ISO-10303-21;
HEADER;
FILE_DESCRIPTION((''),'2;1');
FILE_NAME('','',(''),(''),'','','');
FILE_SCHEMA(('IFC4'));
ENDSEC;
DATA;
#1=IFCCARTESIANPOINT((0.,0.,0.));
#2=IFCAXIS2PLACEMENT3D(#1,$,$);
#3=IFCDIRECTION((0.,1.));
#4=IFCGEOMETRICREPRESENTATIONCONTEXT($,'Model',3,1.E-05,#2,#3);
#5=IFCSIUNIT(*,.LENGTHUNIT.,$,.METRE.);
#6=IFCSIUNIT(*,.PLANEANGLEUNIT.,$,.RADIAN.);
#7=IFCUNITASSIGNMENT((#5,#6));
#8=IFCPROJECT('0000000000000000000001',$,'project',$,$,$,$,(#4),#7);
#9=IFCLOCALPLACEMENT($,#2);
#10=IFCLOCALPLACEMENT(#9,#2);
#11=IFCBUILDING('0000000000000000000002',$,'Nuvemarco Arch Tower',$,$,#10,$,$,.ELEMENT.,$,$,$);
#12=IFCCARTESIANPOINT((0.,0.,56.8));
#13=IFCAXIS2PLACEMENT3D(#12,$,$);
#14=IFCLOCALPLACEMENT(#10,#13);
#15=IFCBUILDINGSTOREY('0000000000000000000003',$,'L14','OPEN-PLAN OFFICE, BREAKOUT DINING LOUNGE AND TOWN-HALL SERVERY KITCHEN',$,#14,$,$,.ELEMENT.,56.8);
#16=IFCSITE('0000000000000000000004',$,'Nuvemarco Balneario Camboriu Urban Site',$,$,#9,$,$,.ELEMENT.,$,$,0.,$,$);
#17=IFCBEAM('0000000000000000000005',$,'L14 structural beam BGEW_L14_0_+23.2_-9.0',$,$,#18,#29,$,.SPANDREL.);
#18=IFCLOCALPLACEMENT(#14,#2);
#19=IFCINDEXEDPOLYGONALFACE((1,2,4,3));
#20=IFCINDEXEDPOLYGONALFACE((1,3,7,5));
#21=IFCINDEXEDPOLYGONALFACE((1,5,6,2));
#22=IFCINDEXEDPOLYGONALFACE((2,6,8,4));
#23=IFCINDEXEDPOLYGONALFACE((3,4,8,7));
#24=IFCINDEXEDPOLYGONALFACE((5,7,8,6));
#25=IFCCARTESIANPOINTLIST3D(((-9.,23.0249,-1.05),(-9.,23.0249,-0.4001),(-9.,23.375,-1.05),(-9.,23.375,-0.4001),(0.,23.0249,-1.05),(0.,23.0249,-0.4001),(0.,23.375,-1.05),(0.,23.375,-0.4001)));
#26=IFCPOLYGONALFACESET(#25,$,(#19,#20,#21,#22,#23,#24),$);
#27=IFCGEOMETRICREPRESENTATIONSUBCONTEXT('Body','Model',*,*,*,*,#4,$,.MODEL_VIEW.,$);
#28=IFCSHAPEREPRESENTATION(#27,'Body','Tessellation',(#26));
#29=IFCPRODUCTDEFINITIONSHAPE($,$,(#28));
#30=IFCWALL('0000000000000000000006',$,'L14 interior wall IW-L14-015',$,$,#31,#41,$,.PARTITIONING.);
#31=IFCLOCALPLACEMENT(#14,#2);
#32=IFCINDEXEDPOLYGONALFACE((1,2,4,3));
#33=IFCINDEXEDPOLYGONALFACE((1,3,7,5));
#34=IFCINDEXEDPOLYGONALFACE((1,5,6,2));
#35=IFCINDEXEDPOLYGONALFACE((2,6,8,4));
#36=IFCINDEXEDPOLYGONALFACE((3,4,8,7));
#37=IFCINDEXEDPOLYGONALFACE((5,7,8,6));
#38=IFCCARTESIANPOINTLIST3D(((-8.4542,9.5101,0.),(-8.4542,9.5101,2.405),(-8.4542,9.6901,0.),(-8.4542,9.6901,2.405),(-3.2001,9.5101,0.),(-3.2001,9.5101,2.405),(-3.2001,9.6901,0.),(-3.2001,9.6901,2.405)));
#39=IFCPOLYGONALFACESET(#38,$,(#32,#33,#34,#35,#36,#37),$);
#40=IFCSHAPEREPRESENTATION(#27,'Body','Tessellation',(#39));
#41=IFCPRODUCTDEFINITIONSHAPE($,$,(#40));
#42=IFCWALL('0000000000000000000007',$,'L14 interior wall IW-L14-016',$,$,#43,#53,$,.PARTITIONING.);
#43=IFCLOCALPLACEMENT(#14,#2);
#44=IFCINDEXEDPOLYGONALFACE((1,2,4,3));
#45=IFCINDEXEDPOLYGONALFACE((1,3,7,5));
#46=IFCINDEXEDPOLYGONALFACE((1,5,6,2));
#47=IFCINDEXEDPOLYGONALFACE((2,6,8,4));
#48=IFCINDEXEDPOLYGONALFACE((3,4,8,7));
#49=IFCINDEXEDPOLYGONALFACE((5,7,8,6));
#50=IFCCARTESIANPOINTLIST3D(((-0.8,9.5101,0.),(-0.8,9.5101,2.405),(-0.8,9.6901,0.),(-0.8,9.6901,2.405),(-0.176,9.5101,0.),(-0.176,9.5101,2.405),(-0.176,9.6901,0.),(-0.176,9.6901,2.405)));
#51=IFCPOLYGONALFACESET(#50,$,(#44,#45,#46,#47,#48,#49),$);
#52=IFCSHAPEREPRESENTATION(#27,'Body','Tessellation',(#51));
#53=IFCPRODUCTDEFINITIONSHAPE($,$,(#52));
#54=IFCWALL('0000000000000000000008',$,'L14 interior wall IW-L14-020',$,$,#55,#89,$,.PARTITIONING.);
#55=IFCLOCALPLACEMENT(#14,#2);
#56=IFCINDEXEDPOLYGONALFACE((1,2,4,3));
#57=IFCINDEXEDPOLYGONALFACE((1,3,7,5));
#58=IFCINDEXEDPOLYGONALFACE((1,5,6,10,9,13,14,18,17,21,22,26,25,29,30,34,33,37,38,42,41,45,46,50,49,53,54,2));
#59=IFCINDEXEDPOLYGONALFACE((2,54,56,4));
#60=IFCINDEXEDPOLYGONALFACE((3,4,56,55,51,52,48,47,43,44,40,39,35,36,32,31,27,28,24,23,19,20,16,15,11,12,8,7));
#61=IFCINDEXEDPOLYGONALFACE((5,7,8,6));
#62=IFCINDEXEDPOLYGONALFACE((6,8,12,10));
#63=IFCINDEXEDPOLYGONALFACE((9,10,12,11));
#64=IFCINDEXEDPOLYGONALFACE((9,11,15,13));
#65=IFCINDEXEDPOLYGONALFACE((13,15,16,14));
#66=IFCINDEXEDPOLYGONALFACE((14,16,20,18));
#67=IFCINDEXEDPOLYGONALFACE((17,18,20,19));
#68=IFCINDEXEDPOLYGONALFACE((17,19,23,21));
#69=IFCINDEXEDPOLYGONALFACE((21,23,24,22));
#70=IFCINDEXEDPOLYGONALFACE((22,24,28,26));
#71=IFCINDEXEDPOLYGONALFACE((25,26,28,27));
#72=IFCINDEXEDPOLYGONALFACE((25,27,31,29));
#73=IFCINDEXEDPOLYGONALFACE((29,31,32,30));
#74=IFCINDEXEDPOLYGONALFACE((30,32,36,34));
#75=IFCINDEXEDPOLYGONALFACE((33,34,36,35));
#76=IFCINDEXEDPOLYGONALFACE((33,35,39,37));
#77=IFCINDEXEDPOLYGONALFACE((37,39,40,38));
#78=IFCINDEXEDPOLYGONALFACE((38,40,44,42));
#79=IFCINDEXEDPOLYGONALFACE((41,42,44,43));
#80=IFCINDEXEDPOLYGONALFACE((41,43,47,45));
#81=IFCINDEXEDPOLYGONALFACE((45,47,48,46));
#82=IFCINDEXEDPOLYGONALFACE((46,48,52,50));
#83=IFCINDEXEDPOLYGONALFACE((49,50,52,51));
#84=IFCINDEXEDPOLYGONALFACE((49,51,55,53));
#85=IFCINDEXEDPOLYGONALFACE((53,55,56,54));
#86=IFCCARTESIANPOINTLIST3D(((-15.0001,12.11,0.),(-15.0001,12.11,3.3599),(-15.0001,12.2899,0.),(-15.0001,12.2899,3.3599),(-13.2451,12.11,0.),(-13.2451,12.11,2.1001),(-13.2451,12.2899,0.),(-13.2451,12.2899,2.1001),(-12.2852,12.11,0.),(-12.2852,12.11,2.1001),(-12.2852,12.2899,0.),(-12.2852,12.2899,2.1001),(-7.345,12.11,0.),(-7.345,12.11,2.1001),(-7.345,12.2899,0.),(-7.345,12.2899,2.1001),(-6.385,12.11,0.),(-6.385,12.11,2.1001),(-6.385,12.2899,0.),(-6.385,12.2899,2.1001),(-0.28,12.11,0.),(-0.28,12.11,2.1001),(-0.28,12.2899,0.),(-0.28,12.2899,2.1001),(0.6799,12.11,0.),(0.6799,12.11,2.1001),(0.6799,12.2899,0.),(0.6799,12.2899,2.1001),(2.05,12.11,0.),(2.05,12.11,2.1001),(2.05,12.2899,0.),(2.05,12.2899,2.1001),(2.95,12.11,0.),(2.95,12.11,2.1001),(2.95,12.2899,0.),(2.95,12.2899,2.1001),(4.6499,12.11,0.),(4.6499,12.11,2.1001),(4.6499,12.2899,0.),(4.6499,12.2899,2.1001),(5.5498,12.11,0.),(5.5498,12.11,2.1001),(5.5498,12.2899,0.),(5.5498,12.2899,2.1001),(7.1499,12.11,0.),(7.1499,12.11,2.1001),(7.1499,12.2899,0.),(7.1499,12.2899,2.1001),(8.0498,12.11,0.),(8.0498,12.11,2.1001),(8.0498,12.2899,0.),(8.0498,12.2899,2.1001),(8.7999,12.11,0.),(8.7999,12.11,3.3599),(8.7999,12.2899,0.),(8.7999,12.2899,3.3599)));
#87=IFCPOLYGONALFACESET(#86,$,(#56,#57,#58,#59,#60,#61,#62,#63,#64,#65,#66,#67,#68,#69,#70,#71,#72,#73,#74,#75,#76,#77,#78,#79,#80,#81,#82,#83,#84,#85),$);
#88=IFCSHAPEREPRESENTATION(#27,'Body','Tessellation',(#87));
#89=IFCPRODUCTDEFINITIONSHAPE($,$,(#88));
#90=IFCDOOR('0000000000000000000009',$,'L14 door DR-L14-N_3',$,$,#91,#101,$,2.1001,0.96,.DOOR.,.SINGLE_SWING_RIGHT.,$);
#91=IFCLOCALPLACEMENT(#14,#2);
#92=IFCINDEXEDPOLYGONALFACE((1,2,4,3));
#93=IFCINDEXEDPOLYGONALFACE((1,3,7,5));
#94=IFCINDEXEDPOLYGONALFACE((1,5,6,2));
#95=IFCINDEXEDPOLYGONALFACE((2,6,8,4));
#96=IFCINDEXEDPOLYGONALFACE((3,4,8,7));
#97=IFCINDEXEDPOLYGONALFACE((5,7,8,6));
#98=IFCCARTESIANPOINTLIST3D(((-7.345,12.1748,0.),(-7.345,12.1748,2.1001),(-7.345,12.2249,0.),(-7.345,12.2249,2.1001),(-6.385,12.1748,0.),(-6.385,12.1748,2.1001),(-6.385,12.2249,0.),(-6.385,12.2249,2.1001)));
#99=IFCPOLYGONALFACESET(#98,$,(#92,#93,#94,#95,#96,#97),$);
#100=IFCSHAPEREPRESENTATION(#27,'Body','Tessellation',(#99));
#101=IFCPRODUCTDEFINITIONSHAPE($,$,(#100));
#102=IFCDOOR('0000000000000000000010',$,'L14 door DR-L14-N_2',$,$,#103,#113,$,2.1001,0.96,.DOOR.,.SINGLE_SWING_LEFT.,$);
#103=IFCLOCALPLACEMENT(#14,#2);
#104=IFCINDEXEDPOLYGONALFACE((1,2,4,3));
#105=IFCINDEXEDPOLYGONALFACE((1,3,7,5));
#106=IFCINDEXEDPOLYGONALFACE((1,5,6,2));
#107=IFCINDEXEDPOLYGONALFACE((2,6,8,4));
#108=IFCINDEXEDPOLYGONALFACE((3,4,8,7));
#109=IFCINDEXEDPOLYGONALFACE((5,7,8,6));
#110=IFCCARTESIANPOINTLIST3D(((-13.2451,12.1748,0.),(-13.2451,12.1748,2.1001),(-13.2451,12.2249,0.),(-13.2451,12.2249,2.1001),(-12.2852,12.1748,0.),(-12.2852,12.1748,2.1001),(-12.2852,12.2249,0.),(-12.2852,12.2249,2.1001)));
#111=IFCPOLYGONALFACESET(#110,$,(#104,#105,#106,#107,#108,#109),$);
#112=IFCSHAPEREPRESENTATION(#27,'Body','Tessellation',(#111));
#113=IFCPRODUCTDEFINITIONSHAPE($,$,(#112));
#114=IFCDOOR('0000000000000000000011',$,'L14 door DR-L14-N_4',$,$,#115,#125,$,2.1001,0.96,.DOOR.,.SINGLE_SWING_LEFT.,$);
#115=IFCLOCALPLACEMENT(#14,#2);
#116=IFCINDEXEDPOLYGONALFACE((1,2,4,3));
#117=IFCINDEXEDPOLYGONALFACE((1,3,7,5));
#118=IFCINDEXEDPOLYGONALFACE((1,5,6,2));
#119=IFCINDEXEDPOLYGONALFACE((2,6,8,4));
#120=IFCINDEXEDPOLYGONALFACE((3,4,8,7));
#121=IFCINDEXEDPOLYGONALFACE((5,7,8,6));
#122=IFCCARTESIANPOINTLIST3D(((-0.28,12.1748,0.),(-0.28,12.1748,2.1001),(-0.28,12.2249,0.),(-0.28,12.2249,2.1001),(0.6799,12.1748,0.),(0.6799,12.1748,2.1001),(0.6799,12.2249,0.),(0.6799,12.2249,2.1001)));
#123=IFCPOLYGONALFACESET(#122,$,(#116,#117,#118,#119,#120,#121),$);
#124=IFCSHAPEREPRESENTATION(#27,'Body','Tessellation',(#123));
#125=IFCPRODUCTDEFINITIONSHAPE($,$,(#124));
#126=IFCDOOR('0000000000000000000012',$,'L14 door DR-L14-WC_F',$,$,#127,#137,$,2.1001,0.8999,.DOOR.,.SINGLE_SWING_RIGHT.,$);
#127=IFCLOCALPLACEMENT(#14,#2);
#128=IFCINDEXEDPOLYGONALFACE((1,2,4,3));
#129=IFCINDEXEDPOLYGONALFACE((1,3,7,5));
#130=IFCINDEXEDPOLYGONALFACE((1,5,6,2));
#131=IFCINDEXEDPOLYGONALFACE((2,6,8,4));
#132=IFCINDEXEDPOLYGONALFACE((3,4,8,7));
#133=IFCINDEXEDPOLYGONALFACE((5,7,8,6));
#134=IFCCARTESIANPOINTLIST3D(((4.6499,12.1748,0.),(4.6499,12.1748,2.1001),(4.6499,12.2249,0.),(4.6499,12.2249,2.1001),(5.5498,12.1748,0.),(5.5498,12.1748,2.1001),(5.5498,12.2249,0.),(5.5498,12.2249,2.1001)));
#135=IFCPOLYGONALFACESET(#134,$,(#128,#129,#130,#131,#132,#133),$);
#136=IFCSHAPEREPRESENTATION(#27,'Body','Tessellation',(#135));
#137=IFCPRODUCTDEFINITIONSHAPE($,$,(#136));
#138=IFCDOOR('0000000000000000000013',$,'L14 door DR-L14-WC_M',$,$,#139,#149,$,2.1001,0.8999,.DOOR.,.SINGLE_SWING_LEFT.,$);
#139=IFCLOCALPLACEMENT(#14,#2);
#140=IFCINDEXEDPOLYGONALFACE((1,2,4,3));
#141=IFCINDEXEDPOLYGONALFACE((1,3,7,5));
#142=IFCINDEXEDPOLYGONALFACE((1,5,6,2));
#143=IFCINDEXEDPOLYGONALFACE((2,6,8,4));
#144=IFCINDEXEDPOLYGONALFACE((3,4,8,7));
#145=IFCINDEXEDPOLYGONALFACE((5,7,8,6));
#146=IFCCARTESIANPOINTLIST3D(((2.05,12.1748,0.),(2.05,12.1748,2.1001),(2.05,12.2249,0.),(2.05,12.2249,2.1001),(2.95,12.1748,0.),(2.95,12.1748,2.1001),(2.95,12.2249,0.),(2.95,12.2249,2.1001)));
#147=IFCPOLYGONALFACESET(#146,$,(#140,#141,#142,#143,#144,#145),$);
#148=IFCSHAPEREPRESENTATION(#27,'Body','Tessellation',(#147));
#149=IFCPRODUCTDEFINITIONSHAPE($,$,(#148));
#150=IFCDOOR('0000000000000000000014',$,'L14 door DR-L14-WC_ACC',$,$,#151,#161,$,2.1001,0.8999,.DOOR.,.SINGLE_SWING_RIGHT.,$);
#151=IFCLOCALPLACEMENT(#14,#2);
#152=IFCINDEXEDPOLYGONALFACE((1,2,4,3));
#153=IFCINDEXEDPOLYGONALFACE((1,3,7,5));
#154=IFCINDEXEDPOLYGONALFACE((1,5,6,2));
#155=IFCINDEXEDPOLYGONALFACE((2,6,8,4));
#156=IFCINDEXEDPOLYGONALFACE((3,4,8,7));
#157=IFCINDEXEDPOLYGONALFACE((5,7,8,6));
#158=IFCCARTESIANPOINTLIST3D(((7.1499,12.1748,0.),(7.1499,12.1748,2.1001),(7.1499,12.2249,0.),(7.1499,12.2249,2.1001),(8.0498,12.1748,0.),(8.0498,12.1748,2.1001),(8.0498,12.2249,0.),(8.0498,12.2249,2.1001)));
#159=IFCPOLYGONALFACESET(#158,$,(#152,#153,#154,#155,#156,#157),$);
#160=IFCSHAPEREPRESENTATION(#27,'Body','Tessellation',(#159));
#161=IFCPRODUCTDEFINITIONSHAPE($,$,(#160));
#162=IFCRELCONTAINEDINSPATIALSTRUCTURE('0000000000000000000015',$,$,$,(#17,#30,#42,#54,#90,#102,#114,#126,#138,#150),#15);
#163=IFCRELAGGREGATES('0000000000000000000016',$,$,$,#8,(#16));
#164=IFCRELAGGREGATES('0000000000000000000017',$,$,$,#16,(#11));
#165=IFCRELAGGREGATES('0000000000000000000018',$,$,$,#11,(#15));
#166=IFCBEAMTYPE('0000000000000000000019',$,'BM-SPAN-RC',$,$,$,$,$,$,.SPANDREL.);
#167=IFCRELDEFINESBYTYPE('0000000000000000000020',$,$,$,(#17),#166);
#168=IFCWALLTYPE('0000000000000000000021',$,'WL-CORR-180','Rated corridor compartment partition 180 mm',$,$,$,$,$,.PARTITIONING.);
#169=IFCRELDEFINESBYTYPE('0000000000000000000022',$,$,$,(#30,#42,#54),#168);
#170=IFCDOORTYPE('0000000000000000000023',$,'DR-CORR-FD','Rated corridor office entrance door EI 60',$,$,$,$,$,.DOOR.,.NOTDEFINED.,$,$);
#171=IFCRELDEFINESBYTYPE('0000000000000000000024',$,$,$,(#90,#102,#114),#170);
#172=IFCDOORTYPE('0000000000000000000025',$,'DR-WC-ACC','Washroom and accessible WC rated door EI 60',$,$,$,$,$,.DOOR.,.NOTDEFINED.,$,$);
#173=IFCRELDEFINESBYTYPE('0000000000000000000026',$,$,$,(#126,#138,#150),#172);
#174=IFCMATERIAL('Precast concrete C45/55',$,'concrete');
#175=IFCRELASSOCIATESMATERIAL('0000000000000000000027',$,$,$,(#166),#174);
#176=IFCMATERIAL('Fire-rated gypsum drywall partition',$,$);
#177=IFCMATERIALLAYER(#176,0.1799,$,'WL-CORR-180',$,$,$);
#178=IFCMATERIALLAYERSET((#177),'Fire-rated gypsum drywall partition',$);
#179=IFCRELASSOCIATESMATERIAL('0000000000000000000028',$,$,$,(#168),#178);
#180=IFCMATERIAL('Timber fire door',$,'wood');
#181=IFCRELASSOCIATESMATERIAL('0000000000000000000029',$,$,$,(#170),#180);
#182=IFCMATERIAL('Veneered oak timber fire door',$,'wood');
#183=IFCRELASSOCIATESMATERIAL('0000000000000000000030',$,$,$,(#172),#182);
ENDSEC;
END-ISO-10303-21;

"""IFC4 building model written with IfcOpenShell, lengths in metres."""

from ifc_helpers import new_model, si_unit, direction, frame, frame_2d, origin, origin_2d, place, context, subcontext, project, spatial, rectangle, extrude, source, transform, mapped, material, layer, layer_set, material_profile, profile_set, type_object, type_shapes, element, fill, save


model = new_model("IFC4")

# Units and contexts
model_context = context("Model", 3, precision=1e-05, world=origin(), true_north=direction((0.0, 1.0)))
body_context = subcontext(model_context, "Body", "Model", "MODEL_VIEW")
ifc_project = project(units=[si_unit("LENGTHUNIT", "METRE"), si_unit("PLANEANGLEUNIT", "RADIAN")], contexts=[model_context])

# Site, building, storey
site_placement = place(None, origin())
site = spatial("IfcSite", under=ifc_project, at=site_placement, Name="Nuvemarco Balneario Camboriu Urban Site", CompositionType="ELEMENT", RefElevation=0.0)
building_placement = place(site_placement, origin())
building = spatial("IfcBuilding", under=site, at=building_placement, Name="Nuvemarco Arch Tower", CompositionType="ELEMENT")
storey_placement = place(building_placement, frame((0.0, 0.0, 56.8)))
storey = spatial("IfcBuildingStorey", under=building, at=storey_placement, Name="L14", Description="OPEN-PLAN OFFICE, BREAKOUT DINING LOUNGE AND TOWN-HALL SERVERY KITCHEN", CompositionType="ELEMENT", Elevation=56.8)

# Beam
ifc_material_1 = material(Name="Precast concrete C45/55", Category="concrete")
ifc_material_profile_1 = material_profile(ifc_material_1, rectangle(XDim=0.3501, YDim=0.6499, at=origin_2d()), Name="PC-SP-350x650")
ifc_profile_set_1 = profile_set([ifc_material_profile_1], Name="Precast concrete C45/55")
beam_type_1 = type_object("IfcBeamType", Name="BM-SPAN-RC", PredefinedType="SPANDREL", material=ifc_profile_set_1)
beam_1_placement = place(storey_placement, frame((-9.0, 23.2, -0.7251), z_axis=(1.0, 0.0, 0.0), x_axis=(0.0, 1.0, 0.0)))
element("IfcBeam", 1, at=beam_1_placement, inside=storey, type_object=beam_type_1, Name="L14 structural beam BGEW_L14_0_+23.2_-9.0", PredefinedType="SPANDREL", context=body_context, shape_type="SweptSolid", body=[
    extrude(rectangle(XDim=0.3501, YDim=0.6499, at=origin_2d()), origin(), (0.0, 0.0, 1.0), 9.0),
])

# Walls
ifc_material_2 = material(Name="Fire-rated gypsum drywall partition")
ifc_layer_1 = layer(ifc_material_2, 0.1799, Name="WL-CORR-180")
ifc_layer_set_1 = layer_set([ifc_layer_1], Name="Fire-rated gypsum drywall partition")
wall_type_1 = type_object("IfcWallType", Name="WL-CORR-180", Description="Rated corridor compartment partition 180 mm", PredefinedType="PARTITIONING", material=ifc_layer_set_1)
wall_1_placement = place(storey_placement, frame((-8.4541, 9.6001, 0.0), z_axis=(0.0, 0.0, 1.0), x_axis=(1.0, 0.0, 0.0)))
element("IfcWall", 2, at=wall_1_placement, inside=storey, type_object=wall_type_1, Name="L14 interior wall IW-L14-015", PredefinedType="PARTITIONING", context=body_context, shape_type="SweptSolid", body=[
    extrude(rectangle(XDim=5.2542, YDim=0.1799, at=frame_2d((2.627, 0.0))), origin(), (0.0, 0.0, 1.0), 2.405),
])
wall_2_placement = place(storey_placement, frame((-0.8, 9.6001, 0.0), z_axis=(0.0, 0.0, 1.0), x_axis=(1.0, 0.0, 0.0)))
element("IfcWall", 3, at=wall_2_placement, inside=storey, type_object=wall_type_1, Name="L14 interior wall IW-L14-016", PredefinedType="PARTITIONING", context=body_context, shape_type="SweptSolid", body=[
    extrude(rectangle(XDim=0.624, YDim=0.1799, at=frame_2d((0.312, 0.0))), origin(), (0.0, 0.0, 1.0), 2.405),
])

# Wall, openings, doors
wall_3_placement = place(storey_placement, frame((-15.0, 12.2, 0.0), z_axis=(0.0, 0.0, 1.0), x_axis=(1.0, 0.0, 0.0)))
wall_3 = element("IfcWall", 4, at=wall_3_placement, inside=storey, type_object=wall_type_1, Name="L14 interior wall IW-L14-020", PredefinedType="PARTITIONING", context=body_context, shape_type="SweptSolid", body=[
    extrude(rectangle(XDim=23.8, YDim=0.1799, at=frame_2d((11.8999, 0.0))), origin(), (0.0, 0.0, 1.0), 3.3599),
])
opening_1_placement = place(wall_3_placement, frame((7.655, 0.0, 0.0)))
opening_1 = element("IfcOpeningElement", 5, at=opening_1_placement, cuts=wall_3, PredefinedType="OPENING", context=body_context, shape_type="SweptSolid", body=[
    extrude(rectangle(XDim=0.96, YDim=2.1001, at=frame_2d((0.48, 1.05))), frame((0.0, 0.0999, 0.0), z_axis=(0.0, -1.0, 0.0), x_axis=(1.0, 0.0, 0.0)), (0.0, 0.0, 1.0), 0.2),
])
opening_2_placement = place(wall_3_placement, frame((1.7549, 0.0, 0.0)))
opening_2 = element("IfcOpeningElement", 6, at=opening_2_placement, cuts=wall_3, PredefinedType="OPENING", context=body_context, shape_type="SweptSolid", body=[
    extrude(rectangle(XDim=0.96, YDim=2.1001, at=frame_2d((0.48, 1.05))), frame((0.0, 0.0999, 0.0), z_axis=(0.0, -1.0, 0.0), x_axis=(1.0, 0.0, 0.0)), (0.0, 0.0, 1.0), 0.2),
])
opening_3_placement = place(wall_3_placement, frame((19.6499, 0.0, 0.0)))
opening_3 = element("IfcOpeningElement", 7, at=opening_3_placement, cuts=wall_3, PredefinedType="OPENING", context=body_context, shape_type="SweptSolid", body=[
    extrude(rectangle(XDim=0.8999, YDim=2.1001, at=frame_2d((0.45, 1.05))), frame((0.0, 0.0999, 0.0), z_axis=(0.0, -1.0, 0.0), x_axis=(1.0, 0.0, 0.0)), (0.0, 0.0, 1.0), 0.2),
])
opening_4_placement = place(wall_3_placement, frame((17.05, 0.0, 0.0)))
opening_4 = element("IfcOpeningElement", 8, at=opening_4_placement, cuts=wall_3, PredefinedType="OPENING", context=body_context, shape_type="SweptSolid", body=[
    extrude(rectangle(XDim=0.8999, YDim=2.1001, at=frame_2d((0.45, 1.05))), frame((0.0, 0.0999, 0.0), z_axis=(0.0, -1.0, 0.0), x_axis=(1.0, 0.0, 0.0)), (0.0, 0.0, 1.0), 0.2),
])
opening_5_placement = place(wall_3_placement, frame((22.1499, 0.0, 0.0)))
opening_5 = element("IfcOpeningElement", 9, at=opening_5_placement, cuts=wall_3, PredefinedType="OPENING", context=body_context, shape_type="SweptSolid", body=[
    extrude(rectangle(XDim=0.8999, YDim=2.1001, at=frame_2d((0.45, 1.05))), frame((0.0, 0.0999, 0.0), z_axis=(0.0, -1.0, 0.0), x_axis=(1.0, 0.0, 0.0)), (0.0, 0.0, 1.0), 0.2),
])
opening_6_placement = place(wall_3_placement, frame((14.72, 0.0, 0.0)))
opening_6 = element("IfcOpeningElement", 10, at=opening_6_placement, cuts=wall_3, PredefinedType="OPENING", context=body_context, shape_type="SweptSolid", body=[
    extrude(rectangle(XDim=0.96, YDim=2.1001, at=frame_2d((0.48, 1.05))), frame((0.0, 0.0999, 0.0), z_axis=(0.0, -1.0, 0.0), x_axis=(1.0, 0.0, 0.0)), (0.0, 0.0, 1.0), 0.2),
])
ifc_material_3 = material(Name="Timber fire door", Category="wood")
door_type_1 = type_object("IfcDoorType", Name="DR-CORR-FD", Description="Rated corridor office entrance door EI 60", OperationType="NOTDEFINED", PredefinedType="DOOR", material=ifc_material_3)
shared_shape_1 = source(origin(), body_context, "Body", "SweptSolid", [
    extrude(rectangle(XDim=0.96, YDim=2.1001, at=frame_2d((0.48, 1.05))), frame((0.0, 0.0249, 0.0), z_axis=(0.0, -1.0, 0.0), x_axis=(1.0, 0.0, 0.0)), (0.0, 0.0, 1.0), 0.05),
])
type_shapes(door_type_1, [shared_shape_1])
door_1_placement = place(opening_1_placement, origin())
door_1 = element("IfcDoor", 11, at=door_1_placement, inside=storey, type_object=door_type_1, Name="L14 door DR-L14-N_3", OperationType="SINGLE_SWING_RIGHT", OverallHeight=2.1001, OverallWidth=0.96, PredefinedType="DOOR", context=body_context, shape_type="MappedRepresentation", body=[
    mapped(shared_shape_1, transform((0.0, 0.0, 0.0), scale=1.0)),
])
fill(opening_1, door_1)
door_2_placement = place(opening_2_placement, origin())
door_2 = element("IfcDoor", 12, at=door_2_placement, inside=storey, type_object=door_type_1, Name="L14 door DR-L14-N_2", OperationType="SINGLE_SWING_LEFT", OverallHeight=2.1001, OverallWidth=0.96, PredefinedType="DOOR", context=body_context, shape_type="MappedRepresentation", body=[
    mapped(shared_shape_1, transform((0.0, 0.0, 0.0), scale=1.0)),
])
fill(opening_2, door_2)
door_3_placement = place(opening_6_placement, origin())
door_3 = element("IfcDoor", 13, at=door_3_placement, inside=storey, type_object=door_type_1, Name="L14 door DR-L14-N_4", OperationType="SINGLE_SWING_LEFT", OverallHeight=2.1001, OverallWidth=0.96, PredefinedType="DOOR", context=body_context, shape_type="MappedRepresentation", body=[
    mapped(shared_shape_1, transform((0.0, 0.0, 0.0), scale=1.0)),
])
fill(opening_6, door_3)
ifc_material_4 = material(Name="Veneered oak timber fire door", Category="wood")
door_type_2 = type_object("IfcDoorType", Name="DR-WC-ACC", Description="Washroom and accessible WC rated door EI 60", OperationType="NOTDEFINED", PredefinedType="DOOR", material=ifc_material_4)
shared_shape_2 = source(origin(), body_context, "Body", "SweptSolid", [
    extrude(rectangle(XDim=0.8999, YDim=2.1001, at=frame_2d((0.45, 1.05))), frame((0.0, 0.0249, 0.0), z_axis=(0.0, -1.0, 0.0), x_axis=(1.0, 0.0, 0.0)), (0.0, 0.0, 1.0), 0.05),
])
type_shapes(door_type_2, [shared_shape_2])
door_4_placement = place(opening_3_placement, origin())
door_4 = element("IfcDoor", 14, at=door_4_placement, inside=storey, type_object=door_type_2, Name="L14 door DR-L14-WC_F", OperationType="SINGLE_SWING_RIGHT", OverallHeight=2.1001, OverallWidth=0.8999, PredefinedType="DOOR", context=body_context, shape_type="MappedRepresentation", body=[
    mapped(shared_shape_2, transform((0.0, 0.0, 0.0), scale=1.0)),
])
fill(opening_3, door_4)
door_5_placement = place(opening_4_placement, origin())
door_5 = element("IfcDoor", 15, at=door_5_placement, inside=storey, type_object=door_type_2, Name="L14 door DR-L14-WC_M", OperationType="SINGLE_SWING_LEFT", OverallHeight=2.1001, OverallWidth=0.8999, PredefinedType="DOOR", context=body_context, shape_type="MappedRepresentation", body=[
    mapped(shared_shape_2, transform((0.0, 0.0, 0.0), scale=1.0)),
])
fill(opening_4, door_5)
door_6_placement = place(opening_5_placement, origin())
door_6 = element("IfcDoor", 16, at=door_6_placement, inside=storey, type_object=door_type_2, Name="L14 door DR-L14-WC_ACC", OperationType="SINGLE_SWING_RIGHT", OverallHeight=2.1001, OverallWidth=0.8999, PredefinedType="DOOR", context=body_context, shape_type="MappedRepresentation", body=[
    mapped(shared_shape_2, transform((0.0, 0.0, 0.0), scale=1.0)),
])
fill(opening_5, door_6)

save(model, "model.ifc")
